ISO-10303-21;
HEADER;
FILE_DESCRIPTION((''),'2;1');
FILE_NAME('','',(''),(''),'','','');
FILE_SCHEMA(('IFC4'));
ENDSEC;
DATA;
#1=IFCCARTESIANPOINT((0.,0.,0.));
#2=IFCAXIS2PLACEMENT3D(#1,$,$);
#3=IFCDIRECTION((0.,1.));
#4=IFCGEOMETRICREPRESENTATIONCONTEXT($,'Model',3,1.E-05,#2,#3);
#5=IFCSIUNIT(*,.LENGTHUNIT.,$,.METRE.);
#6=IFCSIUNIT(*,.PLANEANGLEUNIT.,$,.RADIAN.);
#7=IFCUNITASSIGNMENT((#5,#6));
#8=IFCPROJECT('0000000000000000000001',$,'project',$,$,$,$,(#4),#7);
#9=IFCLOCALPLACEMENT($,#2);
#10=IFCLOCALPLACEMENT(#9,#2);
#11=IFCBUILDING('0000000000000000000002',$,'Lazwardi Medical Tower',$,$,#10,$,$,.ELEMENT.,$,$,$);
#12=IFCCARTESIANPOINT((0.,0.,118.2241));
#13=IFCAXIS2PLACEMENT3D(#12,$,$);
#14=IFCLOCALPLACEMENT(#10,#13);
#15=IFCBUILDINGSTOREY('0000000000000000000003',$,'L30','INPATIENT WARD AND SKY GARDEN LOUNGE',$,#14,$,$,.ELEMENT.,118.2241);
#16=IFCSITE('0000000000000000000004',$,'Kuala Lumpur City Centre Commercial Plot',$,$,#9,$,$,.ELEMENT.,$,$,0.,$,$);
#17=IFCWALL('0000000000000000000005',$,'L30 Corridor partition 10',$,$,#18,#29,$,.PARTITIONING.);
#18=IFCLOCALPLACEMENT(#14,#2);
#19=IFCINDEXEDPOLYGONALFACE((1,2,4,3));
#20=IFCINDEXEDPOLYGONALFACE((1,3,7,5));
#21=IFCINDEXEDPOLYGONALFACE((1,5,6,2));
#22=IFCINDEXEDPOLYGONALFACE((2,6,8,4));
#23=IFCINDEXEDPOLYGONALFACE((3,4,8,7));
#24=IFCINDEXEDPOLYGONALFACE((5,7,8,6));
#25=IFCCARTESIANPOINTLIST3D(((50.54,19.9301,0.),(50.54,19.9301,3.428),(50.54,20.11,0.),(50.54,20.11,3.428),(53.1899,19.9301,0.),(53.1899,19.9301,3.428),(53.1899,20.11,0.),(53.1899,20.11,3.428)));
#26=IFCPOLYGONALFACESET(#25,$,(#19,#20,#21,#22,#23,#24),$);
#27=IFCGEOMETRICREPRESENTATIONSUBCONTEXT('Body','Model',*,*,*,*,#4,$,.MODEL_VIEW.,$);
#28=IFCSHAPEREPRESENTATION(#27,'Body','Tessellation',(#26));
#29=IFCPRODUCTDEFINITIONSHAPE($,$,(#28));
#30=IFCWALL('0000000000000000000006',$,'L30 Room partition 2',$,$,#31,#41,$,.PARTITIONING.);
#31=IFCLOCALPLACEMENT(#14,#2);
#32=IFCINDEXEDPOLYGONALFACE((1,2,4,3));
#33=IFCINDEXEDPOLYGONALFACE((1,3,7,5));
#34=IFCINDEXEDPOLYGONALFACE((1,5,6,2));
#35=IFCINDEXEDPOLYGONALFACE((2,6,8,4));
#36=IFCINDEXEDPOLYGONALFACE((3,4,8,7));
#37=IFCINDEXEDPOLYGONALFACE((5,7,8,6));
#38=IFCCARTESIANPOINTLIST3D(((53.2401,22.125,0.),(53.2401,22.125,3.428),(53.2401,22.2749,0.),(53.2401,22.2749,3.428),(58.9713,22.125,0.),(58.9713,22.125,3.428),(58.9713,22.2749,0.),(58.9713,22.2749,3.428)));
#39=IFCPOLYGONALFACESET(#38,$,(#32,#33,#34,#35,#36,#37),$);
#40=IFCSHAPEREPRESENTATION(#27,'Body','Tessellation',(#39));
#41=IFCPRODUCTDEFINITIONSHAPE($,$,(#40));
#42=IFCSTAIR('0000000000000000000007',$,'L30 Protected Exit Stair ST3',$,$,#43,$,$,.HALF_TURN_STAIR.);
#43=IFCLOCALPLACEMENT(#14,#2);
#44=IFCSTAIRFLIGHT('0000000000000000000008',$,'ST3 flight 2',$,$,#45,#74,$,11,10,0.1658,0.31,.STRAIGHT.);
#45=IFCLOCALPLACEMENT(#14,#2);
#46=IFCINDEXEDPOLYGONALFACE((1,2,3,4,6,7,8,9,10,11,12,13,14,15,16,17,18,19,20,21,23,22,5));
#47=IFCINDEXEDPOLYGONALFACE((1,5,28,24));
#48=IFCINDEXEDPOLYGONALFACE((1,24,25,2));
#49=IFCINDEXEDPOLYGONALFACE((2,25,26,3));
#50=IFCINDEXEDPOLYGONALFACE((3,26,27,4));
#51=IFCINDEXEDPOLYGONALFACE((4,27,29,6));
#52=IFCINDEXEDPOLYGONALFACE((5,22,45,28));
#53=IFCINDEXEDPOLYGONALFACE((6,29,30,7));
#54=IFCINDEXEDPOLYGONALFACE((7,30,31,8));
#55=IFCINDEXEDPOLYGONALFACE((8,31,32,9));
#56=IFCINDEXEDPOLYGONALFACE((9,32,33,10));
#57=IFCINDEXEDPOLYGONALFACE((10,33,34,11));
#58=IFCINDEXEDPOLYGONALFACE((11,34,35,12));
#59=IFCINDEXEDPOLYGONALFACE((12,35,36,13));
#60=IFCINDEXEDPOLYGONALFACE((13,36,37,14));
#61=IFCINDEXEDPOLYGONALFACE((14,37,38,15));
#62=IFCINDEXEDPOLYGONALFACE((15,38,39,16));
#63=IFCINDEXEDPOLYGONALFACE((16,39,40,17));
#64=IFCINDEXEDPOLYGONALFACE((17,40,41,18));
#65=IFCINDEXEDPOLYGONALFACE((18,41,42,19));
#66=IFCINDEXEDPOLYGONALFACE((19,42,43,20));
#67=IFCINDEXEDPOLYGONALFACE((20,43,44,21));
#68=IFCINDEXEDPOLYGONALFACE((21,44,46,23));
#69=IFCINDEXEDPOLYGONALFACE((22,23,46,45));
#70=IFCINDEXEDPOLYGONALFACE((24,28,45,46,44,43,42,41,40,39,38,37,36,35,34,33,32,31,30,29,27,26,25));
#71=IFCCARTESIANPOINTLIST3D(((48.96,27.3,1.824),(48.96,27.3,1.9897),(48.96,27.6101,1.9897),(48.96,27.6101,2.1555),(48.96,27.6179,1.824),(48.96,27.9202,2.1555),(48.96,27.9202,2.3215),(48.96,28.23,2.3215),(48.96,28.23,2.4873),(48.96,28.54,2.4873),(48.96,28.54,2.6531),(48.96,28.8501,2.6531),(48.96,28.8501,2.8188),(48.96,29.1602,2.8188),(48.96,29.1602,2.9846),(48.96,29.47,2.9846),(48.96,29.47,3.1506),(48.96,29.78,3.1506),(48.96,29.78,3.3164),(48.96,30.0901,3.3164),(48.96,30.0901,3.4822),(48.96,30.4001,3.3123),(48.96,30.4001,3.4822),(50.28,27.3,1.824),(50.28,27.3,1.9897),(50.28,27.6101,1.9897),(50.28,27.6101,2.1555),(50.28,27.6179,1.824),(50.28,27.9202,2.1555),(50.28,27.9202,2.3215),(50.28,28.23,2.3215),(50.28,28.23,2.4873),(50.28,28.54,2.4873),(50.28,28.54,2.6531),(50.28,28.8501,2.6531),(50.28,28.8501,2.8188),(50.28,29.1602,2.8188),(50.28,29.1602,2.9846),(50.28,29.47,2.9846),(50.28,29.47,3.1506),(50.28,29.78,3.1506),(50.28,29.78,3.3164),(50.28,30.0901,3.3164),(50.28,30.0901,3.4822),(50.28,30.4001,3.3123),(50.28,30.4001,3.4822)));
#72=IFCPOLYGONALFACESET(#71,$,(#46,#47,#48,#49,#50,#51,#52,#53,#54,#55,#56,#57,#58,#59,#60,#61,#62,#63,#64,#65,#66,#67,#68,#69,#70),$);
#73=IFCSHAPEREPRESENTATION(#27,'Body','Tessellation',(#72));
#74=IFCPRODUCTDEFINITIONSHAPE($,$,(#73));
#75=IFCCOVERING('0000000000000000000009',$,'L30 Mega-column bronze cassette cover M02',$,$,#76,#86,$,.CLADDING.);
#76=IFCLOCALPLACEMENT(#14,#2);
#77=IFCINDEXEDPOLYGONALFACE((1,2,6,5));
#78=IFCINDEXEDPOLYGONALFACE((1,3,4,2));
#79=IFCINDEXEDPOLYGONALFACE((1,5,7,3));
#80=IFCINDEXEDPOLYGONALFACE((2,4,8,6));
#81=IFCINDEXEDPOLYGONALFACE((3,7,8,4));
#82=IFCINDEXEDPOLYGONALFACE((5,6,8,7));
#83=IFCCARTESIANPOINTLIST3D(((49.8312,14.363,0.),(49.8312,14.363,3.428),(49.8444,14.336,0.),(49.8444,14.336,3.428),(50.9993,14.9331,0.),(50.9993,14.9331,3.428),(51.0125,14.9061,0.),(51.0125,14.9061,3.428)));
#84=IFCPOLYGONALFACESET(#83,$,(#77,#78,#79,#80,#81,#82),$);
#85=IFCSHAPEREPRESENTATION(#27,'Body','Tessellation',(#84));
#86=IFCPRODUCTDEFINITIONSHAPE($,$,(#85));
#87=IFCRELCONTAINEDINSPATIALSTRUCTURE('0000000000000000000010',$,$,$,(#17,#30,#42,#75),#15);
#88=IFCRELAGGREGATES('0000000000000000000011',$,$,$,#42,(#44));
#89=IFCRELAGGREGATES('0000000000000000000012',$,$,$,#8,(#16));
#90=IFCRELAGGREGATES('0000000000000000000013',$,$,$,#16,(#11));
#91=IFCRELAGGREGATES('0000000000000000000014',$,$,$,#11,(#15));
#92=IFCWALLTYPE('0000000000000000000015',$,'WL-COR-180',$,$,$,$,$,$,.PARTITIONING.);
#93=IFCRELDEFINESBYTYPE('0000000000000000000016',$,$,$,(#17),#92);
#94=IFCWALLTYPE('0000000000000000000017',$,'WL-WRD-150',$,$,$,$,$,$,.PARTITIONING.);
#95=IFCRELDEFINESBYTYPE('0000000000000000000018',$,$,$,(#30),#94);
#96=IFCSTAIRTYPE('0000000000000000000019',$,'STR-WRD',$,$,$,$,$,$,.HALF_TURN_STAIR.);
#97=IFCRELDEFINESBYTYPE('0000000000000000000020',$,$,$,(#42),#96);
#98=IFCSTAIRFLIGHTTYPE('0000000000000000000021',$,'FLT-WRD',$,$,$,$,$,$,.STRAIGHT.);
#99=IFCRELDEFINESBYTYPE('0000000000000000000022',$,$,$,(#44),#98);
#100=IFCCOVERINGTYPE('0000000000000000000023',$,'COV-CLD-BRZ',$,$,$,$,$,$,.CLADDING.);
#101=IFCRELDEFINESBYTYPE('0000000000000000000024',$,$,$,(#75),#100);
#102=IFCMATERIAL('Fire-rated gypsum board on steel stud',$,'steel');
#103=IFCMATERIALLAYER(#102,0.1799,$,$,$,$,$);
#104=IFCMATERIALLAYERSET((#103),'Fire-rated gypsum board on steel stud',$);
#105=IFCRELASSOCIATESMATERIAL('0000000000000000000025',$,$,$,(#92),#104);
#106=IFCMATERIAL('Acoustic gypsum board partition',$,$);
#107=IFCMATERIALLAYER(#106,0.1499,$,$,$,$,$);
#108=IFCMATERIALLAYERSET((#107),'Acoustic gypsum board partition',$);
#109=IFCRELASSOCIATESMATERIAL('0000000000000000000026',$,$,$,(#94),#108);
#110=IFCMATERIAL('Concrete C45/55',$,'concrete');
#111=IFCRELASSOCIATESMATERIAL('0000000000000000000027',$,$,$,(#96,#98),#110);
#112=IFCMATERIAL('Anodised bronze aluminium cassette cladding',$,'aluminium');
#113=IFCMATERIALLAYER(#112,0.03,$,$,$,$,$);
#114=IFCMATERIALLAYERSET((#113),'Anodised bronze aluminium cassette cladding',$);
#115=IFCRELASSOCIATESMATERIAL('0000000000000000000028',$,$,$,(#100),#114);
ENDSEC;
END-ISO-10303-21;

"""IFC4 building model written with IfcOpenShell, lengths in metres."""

from ifc_helpers import new_model, si_unit, direction, frame, frame_2d, origin, origin_2d, place, context, subcontext, project, spatial, polyline, rectangle, outline, extrude, material, layer, layer_set, type_object, element, aggregate, save


model = new_model("IFC4")

# Units and contexts
model_context = context("Model", 3, precision=1e-05, world=origin(), true_north=direction((0.0, 1.0)))
body_context = subcontext(model_context, "Body", "Model", "MODEL_VIEW")
ifc_project = project(units=[si_unit("LENGTHUNIT", "METRE"), si_unit("PLANEANGLEUNIT", "RADIAN")], contexts=[model_context])

# Site, building, storey
site_placement = place(None, origin())
site = spatial("IfcSite", under=ifc_project, at=site_placement, Name="Kuala Lumpur City Centre Commercial Plot", CompositionType="ELEMENT", RefElevation=0.0)
building_placement = place(site_placement, origin())
building = spatial("IfcBuilding", under=site, at=building_placement, Name="Lazwardi Medical Tower", CompositionType="ELEMENT")
storey_placement = place(building_placement, frame((0.0, 0.0, 118.2241)))
storey = spatial("IfcBuildingStorey", under=building, at=storey_placement, Name="L30", Description="INPATIENT WARD AND SKY GARDEN LOUNGE", CompositionType="ELEMENT", Elevation=118.2241)

# Walls
ifc_material_1 = material(Name="Fire-rated gypsum board on steel stud", Category="steel")
ifc_layer_1 = layer(ifc_material_1, 0.1799)
ifc_layer_set_1 = layer_set([ifc_layer_1], Name="Fire-rated gypsum board on steel stud")
wall_type_1 = type_object("IfcWallType", Name="WL-COR-180", PredefinedType="PARTITIONING", material=ifc_layer_set_1)
wall_1_placement = place(storey_placement, frame((53.1899, 20.02, 0.0), z_axis=(0.0, 0.0, 1.0), x_axis=(-1.0, 0.0, 0.0)))
element("IfcWall", 1, at=wall_1_placement, inside=storey, type_object=wall_type_1, Name="L30 Corridor partition 10", PredefinedType="PARTITIONING", context=body_context, shape_type="SweptSolid", body=[
    extrude(rectangle(XDim=2.6499, YDim=0.1799, at=frame_2d((1.325, 0.0))), origin(), (0.0, 0.0, 1.0), 3.428),
])
ifc_material_2 = material(Name="Acoustic gypsum board partition")
ifc_layer_2 = layer(ifc_material_2, 0.1499)
ifc_layer_set_2 = layer_set([ifc_layer_2], Name="Acoustic gypsum board partition")
wall_type_2 = type_object("IfcWallType", Name="WL-WRD-150", PredefinedType="PARTITIONING", material=ifc_layer_set_2)
wall_2_placement = place(storey_placement, frame((53.24, 22.2, 0.0), z_axis=(0.0, 0.0, 1.0), x_axis=(1.0, 0.0, 0.0)))
element("IfcWall", 2, at=wall_2_placement, inside=storey, type_object=wall_type_2, Name="L30 Room partition 2", PredefinedType="PARTITIONING", context=body_context, shape_type="SweptSolid", body=[
    extrude(rectangle(XDim=5.7312, YDim=0.1499, at=frame_2d((2.8657, 0.0))), origin(), (0.0, 0.0, 1.0), 3.428),
])

# Stair, stair flight
ifc_material_3 = material(Name="Concrete C45/55", Category="concrete")
stair_type = type_object("IfcStairType", Name="STR-WRD", PredefinedType="HALF_TURN_STAIR", material=ifc_material_3)
stair_placement = place(storey_placement, origin())
stair = element("IfcStair", 3, at=stair_placement, inside=storey, type_object=stair_type, Name="L30 Protected Exit Stair ST3", PredefinedType="HALF_TURN_STAIR")
stair_flight_type = type_object("IfcStairFlightType", Name="FLT-WRD", PredefinedType="STRAIGHT", material=ifc_material_3)
stair_flight_placement = place(storey_placement, frame((49.6201, 27.3, 1.824), z_axis=(0.0, 0.0, 1.0), x_axis=(0.0, 1.0, 0.0)))
stair_flight = element("IfcStairFlight", 4, at=stair_flight_placement, type_object=stair_flight_type, Name="ST3 flight 2", NumberOfRisers=11, NumberOfTreads=10, PredefinedType="STRAIGHT", RiserHeight=0.1658, TreadLength=0.31, context=body_context, shape_type="SweptSolid", body=[
    extrude(outline(polyline([(0.0, 0.0), (0.0, 0.1658), (0.3101, 0.1658), (0.3101, 0.3315), (0.6201, 0.3315), (0.6201, 0.4976), (0.9299, 0.4976), (0.9299, 0.6633), (1.24, 0.6633), (1.24, 0.8291), (1.55, 0.8291), (1.55, 0.9949), (1.8601, 0.9949), (1.8601, 1.1606), (2.1699, 1.1606), (2.1699, 1.3267), (2.48, 1.3267), (2.48, 1.4924), (2.79, 1.4924), (2.79, 1.6582), (3.1001, 1.6582), (3.1001, 1.824), (3.1001, 1.4883), (0.3179, 0.0), (0.0, 0.0)])), frame((0.0, 0.6602, 0.0), z_axis=(0.0, -1.0, 0.0), x_axis=(1.0, 0.0, 0.0)), (0.0, 0.0, 1.0), 1.3201),
])
aggregate(stair, [stair_flight])

# Covering
ifc_material_4 = material(Name="Anodised bronze aluminium cassette cladding", Category="aluminium")
ifc_layer_3 = layer(ifc_material_4, 0.03)
ifc_layer_set_3 = layer_set([ifc_layer_3], Name="Anodised bronze aluminium cassette cladding")
covering_type = type_object("IfcCoveringType", Name="COV-CLD-BRZ", PredefinedType="CLADDING", material=ifc_layer_set_3)
covering_placement = place(storey_placement, frame((50.4219, 14.6345, 0.0), z_axis=(0.0, 0.0, 1.0), x_axis=(0.898679, 0.438606, 0.0)))
element("IfcCovering", 5, at=covering_placement, inside=storey, type_object=covering_type, Name="L30 Mega-column bronze cassette cover M02", PredefinedType="CLADDING", context=body_context, shape_type="SweptSolid", body=[
    extrude(rectangle(XDim=1.2998, YDim=0.03, at=origin_2d()), origin(), (0.0, 0.0, 1.0), 3.428),
])

save(model, "model.ifc")
